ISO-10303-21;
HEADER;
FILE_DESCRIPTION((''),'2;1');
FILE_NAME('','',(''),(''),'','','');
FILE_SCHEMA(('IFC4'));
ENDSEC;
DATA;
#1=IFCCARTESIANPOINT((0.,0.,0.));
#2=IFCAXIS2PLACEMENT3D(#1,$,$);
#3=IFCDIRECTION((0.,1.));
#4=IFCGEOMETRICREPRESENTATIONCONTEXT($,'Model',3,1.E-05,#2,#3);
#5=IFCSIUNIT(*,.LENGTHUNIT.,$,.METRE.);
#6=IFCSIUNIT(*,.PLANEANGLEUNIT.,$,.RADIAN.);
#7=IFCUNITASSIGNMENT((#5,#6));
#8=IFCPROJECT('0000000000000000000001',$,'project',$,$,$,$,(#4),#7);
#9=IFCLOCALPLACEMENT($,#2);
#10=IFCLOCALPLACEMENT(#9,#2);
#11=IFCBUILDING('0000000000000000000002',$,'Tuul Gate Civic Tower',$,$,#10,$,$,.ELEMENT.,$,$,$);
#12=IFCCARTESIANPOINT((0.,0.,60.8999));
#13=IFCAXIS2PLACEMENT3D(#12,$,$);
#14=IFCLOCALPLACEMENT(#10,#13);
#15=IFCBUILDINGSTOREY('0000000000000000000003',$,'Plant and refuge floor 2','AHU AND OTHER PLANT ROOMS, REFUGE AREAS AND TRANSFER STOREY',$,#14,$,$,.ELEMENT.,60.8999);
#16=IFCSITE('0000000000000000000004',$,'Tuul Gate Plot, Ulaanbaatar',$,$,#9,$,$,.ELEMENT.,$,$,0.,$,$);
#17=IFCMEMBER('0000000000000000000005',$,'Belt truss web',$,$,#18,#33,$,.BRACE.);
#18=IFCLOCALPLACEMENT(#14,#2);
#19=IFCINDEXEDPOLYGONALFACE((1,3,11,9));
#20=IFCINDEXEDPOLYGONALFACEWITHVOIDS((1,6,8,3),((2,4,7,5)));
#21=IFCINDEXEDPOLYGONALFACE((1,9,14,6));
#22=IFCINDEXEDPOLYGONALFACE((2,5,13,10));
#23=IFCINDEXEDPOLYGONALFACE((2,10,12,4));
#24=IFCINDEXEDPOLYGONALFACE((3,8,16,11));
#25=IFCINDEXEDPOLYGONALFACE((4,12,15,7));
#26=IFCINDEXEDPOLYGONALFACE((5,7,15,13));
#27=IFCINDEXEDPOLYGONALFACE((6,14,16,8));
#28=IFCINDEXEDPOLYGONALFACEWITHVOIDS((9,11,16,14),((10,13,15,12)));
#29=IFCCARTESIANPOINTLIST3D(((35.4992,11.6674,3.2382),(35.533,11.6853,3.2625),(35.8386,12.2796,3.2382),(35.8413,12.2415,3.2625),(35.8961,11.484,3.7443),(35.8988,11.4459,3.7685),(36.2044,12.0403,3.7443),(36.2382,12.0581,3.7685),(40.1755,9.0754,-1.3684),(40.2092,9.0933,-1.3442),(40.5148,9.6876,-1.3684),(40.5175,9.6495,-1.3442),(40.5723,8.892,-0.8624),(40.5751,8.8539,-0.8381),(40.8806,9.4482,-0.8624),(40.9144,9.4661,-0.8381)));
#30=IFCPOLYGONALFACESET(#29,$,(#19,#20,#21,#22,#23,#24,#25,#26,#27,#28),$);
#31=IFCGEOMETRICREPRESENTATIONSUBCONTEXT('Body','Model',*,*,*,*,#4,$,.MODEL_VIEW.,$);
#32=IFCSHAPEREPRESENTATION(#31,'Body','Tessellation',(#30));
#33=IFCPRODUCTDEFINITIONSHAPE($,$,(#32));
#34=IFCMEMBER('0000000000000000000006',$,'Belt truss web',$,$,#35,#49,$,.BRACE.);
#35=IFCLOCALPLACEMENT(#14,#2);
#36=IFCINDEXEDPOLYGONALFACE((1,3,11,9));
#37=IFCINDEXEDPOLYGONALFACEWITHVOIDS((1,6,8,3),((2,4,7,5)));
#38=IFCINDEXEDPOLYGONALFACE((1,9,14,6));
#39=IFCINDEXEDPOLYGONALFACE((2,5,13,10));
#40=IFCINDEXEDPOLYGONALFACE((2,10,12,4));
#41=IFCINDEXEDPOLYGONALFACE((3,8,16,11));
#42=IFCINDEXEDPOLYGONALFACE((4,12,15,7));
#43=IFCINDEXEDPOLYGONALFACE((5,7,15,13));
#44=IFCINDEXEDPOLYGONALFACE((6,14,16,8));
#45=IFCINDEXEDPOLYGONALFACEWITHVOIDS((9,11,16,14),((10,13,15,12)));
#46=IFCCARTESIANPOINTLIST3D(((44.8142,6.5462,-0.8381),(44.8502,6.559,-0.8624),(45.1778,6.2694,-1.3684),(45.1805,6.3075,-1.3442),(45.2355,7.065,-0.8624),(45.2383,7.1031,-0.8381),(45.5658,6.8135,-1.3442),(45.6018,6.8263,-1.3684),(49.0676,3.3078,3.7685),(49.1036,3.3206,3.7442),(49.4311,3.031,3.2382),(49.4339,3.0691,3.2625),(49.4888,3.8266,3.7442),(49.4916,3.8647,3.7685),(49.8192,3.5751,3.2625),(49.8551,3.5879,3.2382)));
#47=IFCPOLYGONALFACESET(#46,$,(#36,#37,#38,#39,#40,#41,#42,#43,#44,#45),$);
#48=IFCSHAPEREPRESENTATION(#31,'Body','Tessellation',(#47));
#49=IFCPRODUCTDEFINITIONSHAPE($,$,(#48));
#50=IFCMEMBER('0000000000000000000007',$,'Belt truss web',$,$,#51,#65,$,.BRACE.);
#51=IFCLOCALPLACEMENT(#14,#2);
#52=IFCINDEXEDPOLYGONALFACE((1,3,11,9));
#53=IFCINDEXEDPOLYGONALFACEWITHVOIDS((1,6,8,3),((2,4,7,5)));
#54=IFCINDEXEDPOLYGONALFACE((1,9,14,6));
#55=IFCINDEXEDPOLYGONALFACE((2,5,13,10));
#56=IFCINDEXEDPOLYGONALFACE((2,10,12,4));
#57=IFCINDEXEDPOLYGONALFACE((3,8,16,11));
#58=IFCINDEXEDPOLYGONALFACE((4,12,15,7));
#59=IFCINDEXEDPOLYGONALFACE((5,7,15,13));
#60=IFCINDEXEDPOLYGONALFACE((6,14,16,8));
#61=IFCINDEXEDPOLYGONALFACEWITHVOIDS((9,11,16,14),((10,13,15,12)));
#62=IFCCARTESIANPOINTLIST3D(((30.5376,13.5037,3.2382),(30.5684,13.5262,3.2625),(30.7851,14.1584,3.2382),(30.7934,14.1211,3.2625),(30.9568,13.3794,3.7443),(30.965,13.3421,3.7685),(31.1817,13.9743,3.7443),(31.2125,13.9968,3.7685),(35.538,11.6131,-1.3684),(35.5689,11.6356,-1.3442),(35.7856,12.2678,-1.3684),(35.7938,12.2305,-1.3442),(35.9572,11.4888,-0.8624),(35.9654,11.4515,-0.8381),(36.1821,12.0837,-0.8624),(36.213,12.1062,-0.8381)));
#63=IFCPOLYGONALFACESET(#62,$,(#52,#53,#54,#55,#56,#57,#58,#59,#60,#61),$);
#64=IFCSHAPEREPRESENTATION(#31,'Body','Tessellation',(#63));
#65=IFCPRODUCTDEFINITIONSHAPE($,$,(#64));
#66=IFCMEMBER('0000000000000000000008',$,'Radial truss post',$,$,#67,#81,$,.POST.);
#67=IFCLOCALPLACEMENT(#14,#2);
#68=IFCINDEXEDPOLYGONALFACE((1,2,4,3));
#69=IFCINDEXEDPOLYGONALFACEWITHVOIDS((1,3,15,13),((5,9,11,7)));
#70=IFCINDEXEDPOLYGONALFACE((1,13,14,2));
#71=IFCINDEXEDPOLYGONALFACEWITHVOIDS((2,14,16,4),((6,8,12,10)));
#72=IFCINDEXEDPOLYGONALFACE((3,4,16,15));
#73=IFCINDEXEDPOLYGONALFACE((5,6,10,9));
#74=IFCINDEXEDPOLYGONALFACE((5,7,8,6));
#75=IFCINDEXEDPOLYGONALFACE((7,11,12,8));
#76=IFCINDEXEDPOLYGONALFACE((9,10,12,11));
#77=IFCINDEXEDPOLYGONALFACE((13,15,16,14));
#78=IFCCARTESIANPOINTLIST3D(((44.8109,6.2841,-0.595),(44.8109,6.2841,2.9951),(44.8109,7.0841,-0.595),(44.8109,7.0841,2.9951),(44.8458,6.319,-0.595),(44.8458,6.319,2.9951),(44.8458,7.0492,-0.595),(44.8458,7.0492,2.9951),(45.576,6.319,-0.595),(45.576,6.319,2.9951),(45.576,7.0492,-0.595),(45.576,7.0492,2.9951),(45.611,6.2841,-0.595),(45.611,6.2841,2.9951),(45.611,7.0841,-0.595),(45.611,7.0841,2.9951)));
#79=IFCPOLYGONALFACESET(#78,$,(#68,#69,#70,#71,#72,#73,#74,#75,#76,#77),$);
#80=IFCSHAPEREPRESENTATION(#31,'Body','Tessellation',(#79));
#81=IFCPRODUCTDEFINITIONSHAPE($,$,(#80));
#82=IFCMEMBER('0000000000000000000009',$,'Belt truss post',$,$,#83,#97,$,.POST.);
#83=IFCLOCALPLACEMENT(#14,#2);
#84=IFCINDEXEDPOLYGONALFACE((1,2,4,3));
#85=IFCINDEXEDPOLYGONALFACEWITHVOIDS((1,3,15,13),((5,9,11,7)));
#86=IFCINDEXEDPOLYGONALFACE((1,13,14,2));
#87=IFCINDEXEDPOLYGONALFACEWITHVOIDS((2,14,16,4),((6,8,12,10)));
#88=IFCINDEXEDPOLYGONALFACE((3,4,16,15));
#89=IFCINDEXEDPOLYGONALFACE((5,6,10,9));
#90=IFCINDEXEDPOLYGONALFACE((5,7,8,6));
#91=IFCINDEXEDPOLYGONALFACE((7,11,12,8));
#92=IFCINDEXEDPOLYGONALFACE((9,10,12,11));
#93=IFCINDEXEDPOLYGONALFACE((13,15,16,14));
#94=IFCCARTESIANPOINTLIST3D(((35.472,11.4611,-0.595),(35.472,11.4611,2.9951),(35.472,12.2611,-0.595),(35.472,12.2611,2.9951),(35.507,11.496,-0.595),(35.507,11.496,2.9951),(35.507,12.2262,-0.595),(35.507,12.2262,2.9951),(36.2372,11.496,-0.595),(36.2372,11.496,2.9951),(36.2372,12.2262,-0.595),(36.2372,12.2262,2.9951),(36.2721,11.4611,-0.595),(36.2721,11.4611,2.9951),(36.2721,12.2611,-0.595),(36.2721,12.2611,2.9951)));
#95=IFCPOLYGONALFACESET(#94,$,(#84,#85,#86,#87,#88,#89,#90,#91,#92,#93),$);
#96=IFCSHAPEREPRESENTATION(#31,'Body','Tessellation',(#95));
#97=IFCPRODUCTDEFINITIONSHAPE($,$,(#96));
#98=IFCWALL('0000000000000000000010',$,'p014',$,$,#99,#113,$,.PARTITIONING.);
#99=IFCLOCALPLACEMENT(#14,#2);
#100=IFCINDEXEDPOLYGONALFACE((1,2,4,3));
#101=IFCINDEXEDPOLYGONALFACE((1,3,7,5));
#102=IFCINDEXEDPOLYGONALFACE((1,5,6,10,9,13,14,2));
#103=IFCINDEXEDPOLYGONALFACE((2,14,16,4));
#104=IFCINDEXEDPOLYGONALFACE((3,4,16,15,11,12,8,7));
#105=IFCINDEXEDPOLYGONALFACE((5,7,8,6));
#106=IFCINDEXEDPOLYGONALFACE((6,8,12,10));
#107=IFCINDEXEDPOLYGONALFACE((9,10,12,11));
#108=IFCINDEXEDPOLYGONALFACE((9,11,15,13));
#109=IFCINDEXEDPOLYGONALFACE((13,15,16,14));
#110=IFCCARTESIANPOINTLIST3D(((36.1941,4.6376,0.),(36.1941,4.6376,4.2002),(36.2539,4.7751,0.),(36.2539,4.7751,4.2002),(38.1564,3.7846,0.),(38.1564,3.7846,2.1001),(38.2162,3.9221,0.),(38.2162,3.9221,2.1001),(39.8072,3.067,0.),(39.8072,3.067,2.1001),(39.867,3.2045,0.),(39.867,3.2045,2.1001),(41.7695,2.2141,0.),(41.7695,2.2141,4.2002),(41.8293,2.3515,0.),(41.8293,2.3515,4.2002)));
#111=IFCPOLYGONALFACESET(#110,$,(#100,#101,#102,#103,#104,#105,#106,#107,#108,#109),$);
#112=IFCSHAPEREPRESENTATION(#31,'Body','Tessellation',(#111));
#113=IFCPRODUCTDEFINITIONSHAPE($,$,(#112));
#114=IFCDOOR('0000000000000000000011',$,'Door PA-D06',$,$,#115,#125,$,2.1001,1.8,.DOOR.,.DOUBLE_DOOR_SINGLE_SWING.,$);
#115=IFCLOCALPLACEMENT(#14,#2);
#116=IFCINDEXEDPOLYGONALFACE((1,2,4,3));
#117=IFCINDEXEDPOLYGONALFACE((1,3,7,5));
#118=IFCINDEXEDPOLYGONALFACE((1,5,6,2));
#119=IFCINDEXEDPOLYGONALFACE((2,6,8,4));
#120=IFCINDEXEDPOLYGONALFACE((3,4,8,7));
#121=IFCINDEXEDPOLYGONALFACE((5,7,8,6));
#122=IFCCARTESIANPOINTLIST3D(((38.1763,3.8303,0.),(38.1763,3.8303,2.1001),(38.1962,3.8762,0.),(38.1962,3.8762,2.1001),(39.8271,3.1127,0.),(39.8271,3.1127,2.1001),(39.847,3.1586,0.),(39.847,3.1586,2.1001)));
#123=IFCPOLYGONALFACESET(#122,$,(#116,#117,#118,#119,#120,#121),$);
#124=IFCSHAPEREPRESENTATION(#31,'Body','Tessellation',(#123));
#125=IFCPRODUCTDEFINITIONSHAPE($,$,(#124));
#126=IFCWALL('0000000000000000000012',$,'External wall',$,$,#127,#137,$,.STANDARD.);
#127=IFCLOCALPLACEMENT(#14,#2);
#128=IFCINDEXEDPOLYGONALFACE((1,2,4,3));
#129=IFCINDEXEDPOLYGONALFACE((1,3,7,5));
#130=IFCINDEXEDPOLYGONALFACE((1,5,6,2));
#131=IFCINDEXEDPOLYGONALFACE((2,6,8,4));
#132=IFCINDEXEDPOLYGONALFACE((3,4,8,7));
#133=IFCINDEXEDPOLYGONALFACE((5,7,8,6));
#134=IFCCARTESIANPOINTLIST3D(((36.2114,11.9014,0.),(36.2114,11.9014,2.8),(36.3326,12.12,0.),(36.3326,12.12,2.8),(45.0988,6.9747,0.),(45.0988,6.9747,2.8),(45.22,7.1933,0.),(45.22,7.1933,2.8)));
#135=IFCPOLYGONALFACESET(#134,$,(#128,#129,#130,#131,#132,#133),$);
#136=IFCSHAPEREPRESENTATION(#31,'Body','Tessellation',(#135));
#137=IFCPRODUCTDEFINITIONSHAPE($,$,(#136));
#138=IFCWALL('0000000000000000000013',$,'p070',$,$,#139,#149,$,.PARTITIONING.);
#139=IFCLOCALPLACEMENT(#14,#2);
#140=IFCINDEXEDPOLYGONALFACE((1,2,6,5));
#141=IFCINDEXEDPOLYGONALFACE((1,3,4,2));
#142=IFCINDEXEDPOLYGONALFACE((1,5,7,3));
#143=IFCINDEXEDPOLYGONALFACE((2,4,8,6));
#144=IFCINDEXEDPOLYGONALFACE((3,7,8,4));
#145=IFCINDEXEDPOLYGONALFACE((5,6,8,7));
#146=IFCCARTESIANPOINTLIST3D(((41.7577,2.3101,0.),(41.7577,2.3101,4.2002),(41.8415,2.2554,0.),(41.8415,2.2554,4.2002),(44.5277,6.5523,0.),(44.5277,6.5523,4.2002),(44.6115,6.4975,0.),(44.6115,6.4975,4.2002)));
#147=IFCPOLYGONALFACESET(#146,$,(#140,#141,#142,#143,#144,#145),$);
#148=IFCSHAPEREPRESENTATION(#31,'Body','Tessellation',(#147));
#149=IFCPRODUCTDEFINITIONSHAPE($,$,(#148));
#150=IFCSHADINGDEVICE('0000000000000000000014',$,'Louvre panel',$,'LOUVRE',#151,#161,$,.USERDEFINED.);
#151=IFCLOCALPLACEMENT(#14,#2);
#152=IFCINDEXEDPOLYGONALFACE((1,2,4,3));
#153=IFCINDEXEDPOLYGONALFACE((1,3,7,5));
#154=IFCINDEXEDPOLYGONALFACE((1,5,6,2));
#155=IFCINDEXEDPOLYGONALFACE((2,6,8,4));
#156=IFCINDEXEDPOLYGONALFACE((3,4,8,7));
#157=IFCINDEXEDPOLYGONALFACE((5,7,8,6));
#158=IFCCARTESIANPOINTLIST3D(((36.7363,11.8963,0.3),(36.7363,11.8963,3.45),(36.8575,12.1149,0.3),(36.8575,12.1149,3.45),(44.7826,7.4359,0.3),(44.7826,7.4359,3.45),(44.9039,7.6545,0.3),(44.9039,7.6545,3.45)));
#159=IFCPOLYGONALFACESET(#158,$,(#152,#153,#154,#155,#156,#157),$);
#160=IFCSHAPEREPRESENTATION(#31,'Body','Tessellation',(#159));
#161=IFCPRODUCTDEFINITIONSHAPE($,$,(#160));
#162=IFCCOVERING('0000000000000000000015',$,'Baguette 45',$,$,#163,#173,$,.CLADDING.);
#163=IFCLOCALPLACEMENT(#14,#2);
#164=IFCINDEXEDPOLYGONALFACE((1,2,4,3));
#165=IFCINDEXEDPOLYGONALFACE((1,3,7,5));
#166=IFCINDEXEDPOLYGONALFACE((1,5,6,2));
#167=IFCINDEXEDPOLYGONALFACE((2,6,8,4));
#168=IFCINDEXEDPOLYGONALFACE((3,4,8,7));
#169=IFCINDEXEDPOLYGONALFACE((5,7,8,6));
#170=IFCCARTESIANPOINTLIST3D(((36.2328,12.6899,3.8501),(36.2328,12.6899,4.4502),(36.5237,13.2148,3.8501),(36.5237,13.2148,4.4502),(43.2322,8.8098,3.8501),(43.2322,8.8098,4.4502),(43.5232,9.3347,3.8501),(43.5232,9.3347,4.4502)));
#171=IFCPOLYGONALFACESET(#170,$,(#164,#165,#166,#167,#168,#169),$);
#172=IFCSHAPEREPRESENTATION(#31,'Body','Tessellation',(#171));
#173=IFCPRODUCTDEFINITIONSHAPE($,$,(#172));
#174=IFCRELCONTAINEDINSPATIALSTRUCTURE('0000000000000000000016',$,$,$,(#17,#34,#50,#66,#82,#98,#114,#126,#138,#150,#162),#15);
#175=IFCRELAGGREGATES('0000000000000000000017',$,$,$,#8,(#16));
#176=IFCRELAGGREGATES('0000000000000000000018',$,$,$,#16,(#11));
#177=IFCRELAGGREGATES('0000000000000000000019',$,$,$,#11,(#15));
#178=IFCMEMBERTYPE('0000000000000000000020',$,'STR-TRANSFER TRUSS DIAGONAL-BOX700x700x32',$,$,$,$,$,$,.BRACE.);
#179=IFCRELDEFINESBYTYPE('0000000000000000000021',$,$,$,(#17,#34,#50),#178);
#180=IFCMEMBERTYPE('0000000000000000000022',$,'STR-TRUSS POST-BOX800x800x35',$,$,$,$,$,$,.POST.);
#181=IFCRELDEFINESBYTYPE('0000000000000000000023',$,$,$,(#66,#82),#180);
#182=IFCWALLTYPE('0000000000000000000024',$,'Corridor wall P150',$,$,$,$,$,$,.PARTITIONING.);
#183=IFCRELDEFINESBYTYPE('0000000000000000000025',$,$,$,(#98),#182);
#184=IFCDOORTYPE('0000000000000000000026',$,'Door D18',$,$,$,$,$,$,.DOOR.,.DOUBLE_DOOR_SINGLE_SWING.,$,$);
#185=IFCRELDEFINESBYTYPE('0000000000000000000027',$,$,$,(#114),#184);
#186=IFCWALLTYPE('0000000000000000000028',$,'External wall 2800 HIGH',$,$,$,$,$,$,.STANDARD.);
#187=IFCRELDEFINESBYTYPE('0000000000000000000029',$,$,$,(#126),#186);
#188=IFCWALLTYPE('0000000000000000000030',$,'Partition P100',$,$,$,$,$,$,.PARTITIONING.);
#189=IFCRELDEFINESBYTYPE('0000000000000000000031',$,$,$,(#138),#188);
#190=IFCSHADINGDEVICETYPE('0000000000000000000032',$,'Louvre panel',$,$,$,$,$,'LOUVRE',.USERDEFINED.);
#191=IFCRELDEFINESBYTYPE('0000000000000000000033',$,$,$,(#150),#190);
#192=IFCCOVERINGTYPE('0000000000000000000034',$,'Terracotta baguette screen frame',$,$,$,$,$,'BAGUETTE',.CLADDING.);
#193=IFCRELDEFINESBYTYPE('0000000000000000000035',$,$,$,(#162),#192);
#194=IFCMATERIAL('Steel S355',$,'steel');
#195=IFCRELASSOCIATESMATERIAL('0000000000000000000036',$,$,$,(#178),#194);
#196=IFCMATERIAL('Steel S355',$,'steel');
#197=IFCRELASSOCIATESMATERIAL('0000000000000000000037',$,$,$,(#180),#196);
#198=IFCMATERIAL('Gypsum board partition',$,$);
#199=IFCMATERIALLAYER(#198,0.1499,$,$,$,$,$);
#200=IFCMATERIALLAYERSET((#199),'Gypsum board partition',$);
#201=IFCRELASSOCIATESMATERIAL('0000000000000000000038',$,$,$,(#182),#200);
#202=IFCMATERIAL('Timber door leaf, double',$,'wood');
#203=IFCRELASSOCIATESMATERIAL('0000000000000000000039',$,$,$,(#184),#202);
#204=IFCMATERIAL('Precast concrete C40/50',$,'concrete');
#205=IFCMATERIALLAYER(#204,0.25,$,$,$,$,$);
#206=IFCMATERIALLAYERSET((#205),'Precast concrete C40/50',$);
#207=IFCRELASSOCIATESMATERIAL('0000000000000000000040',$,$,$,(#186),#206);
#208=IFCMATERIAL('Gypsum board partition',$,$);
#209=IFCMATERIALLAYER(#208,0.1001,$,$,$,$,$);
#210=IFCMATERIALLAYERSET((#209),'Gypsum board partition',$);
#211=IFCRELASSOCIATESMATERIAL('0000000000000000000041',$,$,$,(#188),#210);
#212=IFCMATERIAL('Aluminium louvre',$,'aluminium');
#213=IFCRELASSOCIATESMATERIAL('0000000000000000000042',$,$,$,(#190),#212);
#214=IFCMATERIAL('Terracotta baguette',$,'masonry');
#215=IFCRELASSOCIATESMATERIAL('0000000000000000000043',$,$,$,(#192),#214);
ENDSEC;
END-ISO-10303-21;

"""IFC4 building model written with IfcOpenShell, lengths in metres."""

from ifc_helpers import new_model, si_unit, direction, frame, frame_2d, origin, origin_2d, place, context, subcontext, project, spatial, rectangle, hollow_rectangle, extrude, material, layer, layer_set, material_profile, profile_set, type_object, element, fill, save


model = new_model("IFC4")

# Units and contexts
model_context = context("Model", 3, precision=1e-05, world=origin(), true_north=direction((0.0, 1.0)))
body_context = subcontext(model_context, "Body", "Model", "MODEL_VIEW")
ifc_project = project(units=[si_unit("LENGTHUNIT", "METRE"), si_unit("PLANEANGLEUNIT", "RADIAN")], contexts=[model_context])

# Site, building, storey
site_placement = place(None, origin())
site = spatial("IfcSite", under=ifc_project, at=site_placement, Name="Tuul Gate Plot, Ulaanbaatar", CompositionType="ELEMENT", RefElevation=0.0)
building_placement = place(site_placement, origin())
building = spatial("IfcBuilding", under=site, at=building_placement, Name="Tuul Gate Civic Tower", CompositionType="ELEMENT")
storey_placement = place(building_placement, frame((0.0, 0.0, 60.8999)))
storey = spatial("IfcBuildingStorey", under=building, at=storey_placement, Name="Plant and refuge floor 2", Description="AHU AND OTHER PLANT ROOMS, REFUGE AREAS AND TRANSFER STOREY", CompositionType="ELEMENT", Elevation=60.8999)

# Members
ifc_material_1 = material(Name="Steel S355", Category="steel")
ifc_material_profile_1 = material_profile(ifc_material_1, hollow_rectangle(XDim=0.7, YDim=0.7, WallThickness=0.032, at=origin_2d()), Name="BOX700x700x32")
ifc_profile_set_1 = profile_set([ifc_material_profile_1], Name="Steel S355")
member_type_1 = type_object("IfcMemberType", Name="STR-TRANSFER TRUSS DIAGONAL-BOX700x700x32", PredefinedType="BRACE", material=ifc_profile_set_1)
member_1_placement = place(storey_placement, frame((40.5449, 9.2708, -1.1033), z_axis=(-0.662599, 0.367277, 0.65274), x_axis=(-0.484801, -0.874624, 0.0)))
element("IfcMember", 1, at=member_1_placement, inside=storey, type_object=member_type_1, Name="Belt truss web", PredefinedType="BRACE", context=body_context, shape_type="SweptSolid", body=[
    extrude(hollow_rectangle(XDim=0.7, YDim=0.7, WallThickness=0.032, at=origin_2d()), origin(), (0.0, 0.0, 1.0), 7.0574),
])
for number, where, z_axis, x_axis, name in (
    (2, (45.208, 6.6863, -1.1033), (0.602724, -0.45891, 0.652783), (0.605786, 0.795628, 0.0), "Belt truss web"),
    (3, (35.8755, 11.8596, -1.1033), (-0.708588, 0.267909, 0.652785), (-0.353655, -0.935376, 0.0), "Belt truss web"),
):
    element("IfcMember", number, at=place(storey_placement, frame(where, z_axis=z_axis, x_axis=x_axis)), inside=storey, type_object=member_type_1, Name=name, PredefinedType="BRACE", context=body_context, shape_type="SweptSolid", body=[
        extrude(hollow_rectangle(XDim=0.7, YDim=0.7, WallThickness=0.032, at=origin_2d()), origin(), (0.0, 0.0, 1.0), 7.0569),
    ])
ifc_material_2 = material(Name="Steel S355", Category="steel")
ifc_material_profile_2 = material_profile(ifc_material_2, hollow_rectangle(XDim=0.8, YDim=0.8, WallThickness=0.0349, at=origin_2d()), Name="BOX800x800x35")
ifc_profile_set_2 = profile_set([ifc_material_profile_2], Name="Steel S355")
member_type_2 = type_object("IfcMemberType", Name="STR-TRUSS POST-BOX800x800x35", PredefinedType="POST", material=ifc_profile_set_2)
for number, where, z_axis, x_axis, name in (
    (4, (45.2109, 6.6841, -0.595), (0.0, 0.0, 1.0), (1.0, 0.0, 0.0), "Radial truss post"),
    (5, (35.8721, 11.8611, -0.595), (0.0, 0.0, 1.0), (1.0, 0.0, 0.0), "Belt truss post"),
):
    element("IfcMember", number, at=place(storey_placement, frame(where, z_axis=z_axis, x_axis=x_axis)), inside=storey, type_object=member_type_2, Name=name, PredefinedType="POST", context=body_context, shape_type="SweptSolid", body=[
        extrude(hollow_rectangle(XDim=0.8, YDim=0.8, WallThickness=0.0349, at=origin_2d()), origin(), (0.0, 0.0, 1.0), 3.5901),
    ])

# Wall, opening, door
ifc_material_3 = material(Name="Gypsum board partition")
ifc_layer_1 = layer(ifc_material_3, 0.1499)
ifc_layer_set_1 = layer_set([ifc_layer_1], Name="Gypsum board partition")
wall_type_1 = type_object("IfcWallType", Name="Corridor wall P150", PredefinedType="PARTITIONING", material=ifc_layer_set_1)
wall_1_placement = place(storey_placement, frame((36.2241, 4.7063, 0.0), z_axis=(0.0, 0.0, 1.0), x_axis=(0.917101, -0.398654, 0.0)))
wall_1 = element("IfcWall", 6, at=wall_1_placement, inside=storey, type_object=wall_type_1, Name="p014", PredefinedType="PARTITIONING", context=body_context, shape_type="SweptSolid", body=[
    extrude(rectangle(XDim=6.0793, YDim=0.1499, at=frame_2d((3.0396, 0.0))), origin(), (0.0, 0.0, 1.0), 4.2002),
])
opening_placement = place(wall_1_placement, frame((2.1396, 0.0, 0.0)))
opening = element("IfcOpeningElement", 7, at=opening_placement, cuts=wall_1, PredefinedType="OPENING", context=body_context, shape_type="SweptSolid", body=[
    extrude(rectangle(XDim=1.8, YDim=2.1001, at=frame_2d((0.8999, 1.05))), frame((0.0, 0.085, 0.0), z_axis=(0.0, -1.0, 0.0), x_axis=(1.0, 0.0, 0.0)), (0.0, 0.0, 1.0), 0.1699),
])
ifc_material_4 = material(Name="Timber door leaf, double", Category="wood")
door_type = type_object("IfcDoorType", Name="Door D18", OperationType="DOUBLE_DOOR_SINGLE_SWING", PredefinedType="DOOR", material=ifc_material_4)
door_placement = place(opening_placement, origin())
door = element("IfcDoor", 8, at=door_placement, inside=storey, type_object=door_type, Name="Door PA-D06", OperationType="DOUBLE_DOOR_SINGLE_SWING", OverallHeight=2.1001, OverallWidth=1.8, PredefinedType="DOOR", context=body_context, shape_type="SweptSolid", body=[
    extrude(rectangle(XDim=1.8, YDim=2.1001, at=frame_2d((0.8999, 1.05))), frame((0.0, 0.0249, 0.0), z_axis=(0.0, -1.0, 0.0), x_axis=(1.0, 0.0, 0.0)), (0.0, 0.0, 1.0), 0.05),
])
fill(opening, door)

# Walls
ifc_material_5 = material(Name="Precast concrete C40/50", Category="concrete")
ifc_layer_2 = layer(ifc_material_5, 0.25)
ifc_layer_set_2 = layer_set([ifc_layer_2], Name="Precast concrete C40/50")
wall_type_2 = type_object("IfcWallType", Name="External wall 2800 HIGH", PredefinedType="STANDARD", material=ifc_layer_set_2)
wall_2_placement = place(storey_placement, frame((45.1594, 7.084, 0.0), z_axis=(0.0, 0.0, 1.0), x_axis=(-0.874605, 0.484837, 0.0)))
element("IfcWall", 9, at=wall_2_placement, inside=storey, type_object=wall_type_2, Name="External wall", PredefinedType="STANDARD", context=body_context, shape_type="SweptSolid", body=[
    extrude(rectangle(XDim=10.1616, YDim=0.25, at=frame_2d((5.0808, 0.0))), origin(), (0.0, 0.0, 1.0), 2.8),
])
ifc_material_6 = material(Name="Gypsum board partition")
ifc_layer_3 = layer(ifc_material_6, 0.1001)
ifc_layer_set_3 = layer_set([ifc_layer_3], Name="Gypsum board partition")
wall_type_3 = type_object("IfcWallType", Name="Partition P100", PredefinedType="PARTITIONING", material=ifc_layer_set_3)
wall_3_placement = place(storey_placement, frame((44.5696, 6.5249, 0.0), z_axis=(0.0, 0.0, 1.0), x_axis=(-0.546735, -0.837306, 0.0)))
element("IfcWall", 10, at=wall_3_placement, inside=storey, type_object=wall_type_3, Name="p070", PredefinedType="PARTITIONING", context=body_context, shape_type="SweptSolid", body=[
    extrude(rectangle(XDim=5.0664, YDim=0.1001, at=frame_2d((2.5332, 0.0))), origin(), (0.0, 0.0, 1.0), 4.2002),
])

# Shading device
ifc_material_7 = material(Name="Aluminium louvre", Category="aluminium")
shading_device_type = type_object("IfcShadingDeviceType", Name="Louvre panel", ElementType="LOUVRE", PredefinedType="USERDEFINED", material=ifc_material_7)
shading_device_placement = place(storey_placement, frame((40.8201, 9.7754, 0.3), z_axis=(0.0, 0.0, 1.0), x_axis=(0.484829, 0.874609, 0.0)))
element("IfcShadingDevice", 11, at=shading_device_placement, inside=storey, type_object=shading_device_type, Name="Louvre panel", ObjectType="LOUVRE", PredefinedType="USERDEFINED", context=body_context, shape_type="SweptSolid", body=[
    extrude(rectangle(XDim=0.25, YDim=9.2, at=origin_2d()), origin(), (0.0, 0.0, 1.0), 3.1499),
])

# Covering
ifc_material_8 = material(Name="Terracotta baguette", Category="masonry")
ifc_material_profile_3 = material_profile(ifc_material_8, rectangle(XDim=0.6001, YDim=0.6001, at=origin_2d()), Name="Terracotta baguette screen frame")
ifc_profile_set_3 = profile_set([ifc_material_profile_3], Name="Terracotta baguette")
covering_type = type_object("IfcCoveringType", Name="Terracotta baguette screen frame", ElementType="BAGUETTE", PredefinedType="CLADDING", material=ifc_profile_set_3)
covering_1_placement = place(storey_placement, frame((43.3777, 9.0723, 4.1501), z_axis=(-0.874607, 0.484832, 0.0), x_axis=(-0.484832, -0.874607, 0.0)))
element("IfcCovering", 12, at=covering_1_placement, inside=storey, type_object=covering_type, Name="Baguette 45", PredefinedType="CLADDING", context=body_context, shape_type="SweptSolid", body=[
    extrude(rectangle(XDim=0.6001, YDim=0.6001, at=origin_2d()), origin(), (0.0, 0.0, 1.0), 8.0029),
])

save(model, "model.ifc")
